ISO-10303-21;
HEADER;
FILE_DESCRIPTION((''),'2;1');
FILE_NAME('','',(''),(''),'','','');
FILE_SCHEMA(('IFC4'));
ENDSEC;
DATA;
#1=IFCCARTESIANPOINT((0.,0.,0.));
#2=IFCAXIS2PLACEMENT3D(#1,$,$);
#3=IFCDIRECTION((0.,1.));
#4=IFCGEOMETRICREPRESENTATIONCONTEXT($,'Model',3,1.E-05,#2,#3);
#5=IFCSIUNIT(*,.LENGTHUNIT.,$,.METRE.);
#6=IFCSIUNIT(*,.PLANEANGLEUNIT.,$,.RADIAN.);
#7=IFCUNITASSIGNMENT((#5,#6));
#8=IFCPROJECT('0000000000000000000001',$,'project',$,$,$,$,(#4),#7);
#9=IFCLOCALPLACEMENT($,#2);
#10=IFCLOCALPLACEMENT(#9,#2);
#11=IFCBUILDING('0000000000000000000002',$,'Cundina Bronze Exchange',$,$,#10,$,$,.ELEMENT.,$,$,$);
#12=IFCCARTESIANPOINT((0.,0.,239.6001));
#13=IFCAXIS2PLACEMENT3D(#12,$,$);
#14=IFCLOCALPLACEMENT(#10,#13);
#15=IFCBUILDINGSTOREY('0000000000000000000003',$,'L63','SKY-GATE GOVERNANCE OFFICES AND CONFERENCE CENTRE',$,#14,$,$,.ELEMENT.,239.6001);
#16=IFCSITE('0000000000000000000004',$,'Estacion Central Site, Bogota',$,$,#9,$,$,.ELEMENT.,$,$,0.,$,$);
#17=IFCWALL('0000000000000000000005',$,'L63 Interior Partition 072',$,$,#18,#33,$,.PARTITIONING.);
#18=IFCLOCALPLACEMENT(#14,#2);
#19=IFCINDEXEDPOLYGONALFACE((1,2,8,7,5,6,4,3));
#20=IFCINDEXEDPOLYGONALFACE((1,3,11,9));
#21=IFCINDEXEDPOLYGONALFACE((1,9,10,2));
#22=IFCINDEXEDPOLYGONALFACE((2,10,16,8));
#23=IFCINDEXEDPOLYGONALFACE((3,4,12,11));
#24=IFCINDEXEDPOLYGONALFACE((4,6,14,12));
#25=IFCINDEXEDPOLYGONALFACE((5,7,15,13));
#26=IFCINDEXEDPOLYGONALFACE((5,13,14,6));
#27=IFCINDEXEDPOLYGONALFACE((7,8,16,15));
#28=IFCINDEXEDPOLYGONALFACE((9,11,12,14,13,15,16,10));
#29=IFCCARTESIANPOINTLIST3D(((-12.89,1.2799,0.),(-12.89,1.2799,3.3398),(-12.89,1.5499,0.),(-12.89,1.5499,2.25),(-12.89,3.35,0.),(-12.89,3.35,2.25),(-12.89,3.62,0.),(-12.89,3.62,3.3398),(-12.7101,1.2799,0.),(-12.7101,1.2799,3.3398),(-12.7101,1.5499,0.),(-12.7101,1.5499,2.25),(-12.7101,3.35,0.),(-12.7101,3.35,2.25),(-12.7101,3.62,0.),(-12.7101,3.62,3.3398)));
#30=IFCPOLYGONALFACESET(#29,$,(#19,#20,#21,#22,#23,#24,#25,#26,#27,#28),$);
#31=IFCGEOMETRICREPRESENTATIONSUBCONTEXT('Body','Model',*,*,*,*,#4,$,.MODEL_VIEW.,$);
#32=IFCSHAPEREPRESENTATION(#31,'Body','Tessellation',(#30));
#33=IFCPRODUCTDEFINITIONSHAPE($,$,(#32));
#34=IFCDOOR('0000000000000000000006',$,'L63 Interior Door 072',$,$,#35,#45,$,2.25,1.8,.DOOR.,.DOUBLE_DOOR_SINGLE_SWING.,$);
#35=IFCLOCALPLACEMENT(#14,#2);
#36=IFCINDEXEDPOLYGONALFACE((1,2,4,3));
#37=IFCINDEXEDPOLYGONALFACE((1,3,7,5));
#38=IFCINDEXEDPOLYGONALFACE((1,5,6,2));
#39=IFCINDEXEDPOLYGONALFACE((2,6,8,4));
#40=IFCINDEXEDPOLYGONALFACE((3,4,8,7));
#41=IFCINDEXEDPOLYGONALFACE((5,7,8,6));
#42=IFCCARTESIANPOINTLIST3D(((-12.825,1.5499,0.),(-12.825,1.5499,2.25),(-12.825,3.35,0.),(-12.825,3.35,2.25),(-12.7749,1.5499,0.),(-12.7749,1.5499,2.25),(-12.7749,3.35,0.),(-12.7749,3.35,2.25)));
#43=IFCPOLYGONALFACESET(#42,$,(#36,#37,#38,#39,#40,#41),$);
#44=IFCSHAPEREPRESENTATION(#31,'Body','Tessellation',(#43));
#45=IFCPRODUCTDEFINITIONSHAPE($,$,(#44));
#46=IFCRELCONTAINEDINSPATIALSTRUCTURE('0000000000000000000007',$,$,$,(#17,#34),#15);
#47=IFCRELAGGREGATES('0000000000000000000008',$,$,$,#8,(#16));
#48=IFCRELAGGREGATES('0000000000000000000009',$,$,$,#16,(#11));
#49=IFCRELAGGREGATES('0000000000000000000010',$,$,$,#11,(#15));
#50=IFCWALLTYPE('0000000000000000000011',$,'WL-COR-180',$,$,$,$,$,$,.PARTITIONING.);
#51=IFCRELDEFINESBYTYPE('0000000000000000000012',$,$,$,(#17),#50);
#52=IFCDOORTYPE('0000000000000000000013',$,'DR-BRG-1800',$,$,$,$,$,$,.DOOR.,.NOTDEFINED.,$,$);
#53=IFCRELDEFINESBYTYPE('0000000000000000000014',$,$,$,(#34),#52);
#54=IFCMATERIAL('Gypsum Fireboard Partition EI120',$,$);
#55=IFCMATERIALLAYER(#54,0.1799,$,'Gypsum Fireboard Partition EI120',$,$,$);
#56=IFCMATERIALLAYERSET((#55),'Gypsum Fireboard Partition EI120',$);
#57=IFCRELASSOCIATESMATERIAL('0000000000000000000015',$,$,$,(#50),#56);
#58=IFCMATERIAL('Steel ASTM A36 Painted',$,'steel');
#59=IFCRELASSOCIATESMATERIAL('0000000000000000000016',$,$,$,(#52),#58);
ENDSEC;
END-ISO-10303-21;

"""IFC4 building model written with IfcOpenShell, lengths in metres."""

from ifc_helpers import new_model, si_unit, direction, frame, frame_2d, origin, place, context, subcontext, project, spatial, rectangle, extrude, material, layer, layer_set, type_object, element, fill, save


model = new_model("IFC4")

# Units and contexts
model_context = context("Model", 3, precision=1e-05, world=origin(), true_north=direction((0.0, 1.0)))
body_context = subcontext(model_context, "Body", "Model", "MODEL_VIEW")
ifc_project = project(units=[si_unit("LENGTHUNIT", "METRE"), si_unit("PLANEANGLEUNIT", "RADIAN")], contexts=[model_context])

# Site, building, storey
site_placement = place(None, origin())
site = spatial("IfcSite", under=ifc_project, at=site_placement, Name="Estacion Central Site, Bogota", CompositionType="ELEMENT", RefElevation=0.0)
building_placement = place(site_placement, origin())
building = spatial("IfcBuilding", under=site, at=building_placement, Name="Cundina Bronze Exchange", CompositionType="ELEMENT")
storey_placement = place(building_placement, frame((0.0, 0.0, 239.6001)))
storey = spatial("IfcBuildingStorey", under=building, at=storey_placement, Name="L63", Description="SKY-GATE GOVERNANCE OFFICES AND CONFERENCE CENTRE", CompositionType="ELEMENT", Elevation=239.6001)

# Shared definitions
ifc_material_1 = material(Name="Gypsum Fireboard Partition EI120")
ifc_layer_1 = layer(ifc_material_1, 0.1799, Name="Gypsum Fireboard Partition EI120")
ifc_layer_set_1 = layer_set([ifc_layer_1], Name="Gypsum Fireboard Partition EI120")
wall_type = type_object("IfcWallType", Name="WL-COR-180", PredefinedType="PARTITIONING", material=ifc_layer_set_1)

# Wall, opening, door
wall_1_placement = place(storey_placement, frame((-12.8, 1.28, 0.0), z_axis=(0.0, 0.0, 1.0), x_axis=(0.0, 1.0, 0.0)))
wall_1 = element("IfcWall", 1, at=wall_1_placement, inside=storey, type_object=wall_type, Name="L63 Interior Partition 072", PredefinedType="PARTITIONING", context=body_context, shape_type="SweptSolid", body=[
    extrude(rectangle(XDim=2.3401, YDim=0.1799, at=frame_2d((1.1699, 0.0))), origin(), (0.0, 0.0, 1.0), 3.3398),
])
opening_1_placement = place(wall_1_placement, frame((0.27, 0.0, 0.0)))
opening_1 = element("IfcOpeningElement", 2, at=opening_1_placement, cuts=wall_1, PredefinedType="OPENING", context=body_context, shape_type="SweptSolid", body=[
    extrude(rectangle(XDim=1.8, YDim=2.25, at=frame_2d((0.8999, 1.125))), frame((0.0, 0.0999, 0.0), z_axis=(0.0, -1.0, 0.0), x_axis=(1.0, 0.0, 0.0)), (0.0, 0.0, 1.0), 0.2),
])
ifc_material_2 = material(Name="Steel ASTM A36 Painted", Category="steel")
door_type_1 = type_object("IfcDoorType", Name="DR-BRG-1800", OperationType="NOTDEFINED", PredefinedType="DOOR", material=ifc_material_2)
door_1_placement = place(opening_1_placement, origin())
door_1 = element("IfcDoor", 3, at=door_1_placement, inside=storey, type_object=door_type_1, Name="L63 Interior Door 072", OperationType="DOUBLE_DOOR_SINGLE_SWING", OverallHeight=2.25, OverallWidth=1.8, PredefinedType="DOOR", context=body_context, shape_type="SweptSolid", body=[
    extrude(rectangle(XDim=1.8, YDim=2.25, at=frame_2d((0.8999, 1.125))), frame((0.0, 0.0249, 0.0), z_axis=(0.0, -1.0, 0.0), x_axis=(1.0, 0.0, 0.0)), (0.0, 0.0, 1.0), 0.05),
])
fill(opening_1, door_1)

save(model, "model.ifc")
